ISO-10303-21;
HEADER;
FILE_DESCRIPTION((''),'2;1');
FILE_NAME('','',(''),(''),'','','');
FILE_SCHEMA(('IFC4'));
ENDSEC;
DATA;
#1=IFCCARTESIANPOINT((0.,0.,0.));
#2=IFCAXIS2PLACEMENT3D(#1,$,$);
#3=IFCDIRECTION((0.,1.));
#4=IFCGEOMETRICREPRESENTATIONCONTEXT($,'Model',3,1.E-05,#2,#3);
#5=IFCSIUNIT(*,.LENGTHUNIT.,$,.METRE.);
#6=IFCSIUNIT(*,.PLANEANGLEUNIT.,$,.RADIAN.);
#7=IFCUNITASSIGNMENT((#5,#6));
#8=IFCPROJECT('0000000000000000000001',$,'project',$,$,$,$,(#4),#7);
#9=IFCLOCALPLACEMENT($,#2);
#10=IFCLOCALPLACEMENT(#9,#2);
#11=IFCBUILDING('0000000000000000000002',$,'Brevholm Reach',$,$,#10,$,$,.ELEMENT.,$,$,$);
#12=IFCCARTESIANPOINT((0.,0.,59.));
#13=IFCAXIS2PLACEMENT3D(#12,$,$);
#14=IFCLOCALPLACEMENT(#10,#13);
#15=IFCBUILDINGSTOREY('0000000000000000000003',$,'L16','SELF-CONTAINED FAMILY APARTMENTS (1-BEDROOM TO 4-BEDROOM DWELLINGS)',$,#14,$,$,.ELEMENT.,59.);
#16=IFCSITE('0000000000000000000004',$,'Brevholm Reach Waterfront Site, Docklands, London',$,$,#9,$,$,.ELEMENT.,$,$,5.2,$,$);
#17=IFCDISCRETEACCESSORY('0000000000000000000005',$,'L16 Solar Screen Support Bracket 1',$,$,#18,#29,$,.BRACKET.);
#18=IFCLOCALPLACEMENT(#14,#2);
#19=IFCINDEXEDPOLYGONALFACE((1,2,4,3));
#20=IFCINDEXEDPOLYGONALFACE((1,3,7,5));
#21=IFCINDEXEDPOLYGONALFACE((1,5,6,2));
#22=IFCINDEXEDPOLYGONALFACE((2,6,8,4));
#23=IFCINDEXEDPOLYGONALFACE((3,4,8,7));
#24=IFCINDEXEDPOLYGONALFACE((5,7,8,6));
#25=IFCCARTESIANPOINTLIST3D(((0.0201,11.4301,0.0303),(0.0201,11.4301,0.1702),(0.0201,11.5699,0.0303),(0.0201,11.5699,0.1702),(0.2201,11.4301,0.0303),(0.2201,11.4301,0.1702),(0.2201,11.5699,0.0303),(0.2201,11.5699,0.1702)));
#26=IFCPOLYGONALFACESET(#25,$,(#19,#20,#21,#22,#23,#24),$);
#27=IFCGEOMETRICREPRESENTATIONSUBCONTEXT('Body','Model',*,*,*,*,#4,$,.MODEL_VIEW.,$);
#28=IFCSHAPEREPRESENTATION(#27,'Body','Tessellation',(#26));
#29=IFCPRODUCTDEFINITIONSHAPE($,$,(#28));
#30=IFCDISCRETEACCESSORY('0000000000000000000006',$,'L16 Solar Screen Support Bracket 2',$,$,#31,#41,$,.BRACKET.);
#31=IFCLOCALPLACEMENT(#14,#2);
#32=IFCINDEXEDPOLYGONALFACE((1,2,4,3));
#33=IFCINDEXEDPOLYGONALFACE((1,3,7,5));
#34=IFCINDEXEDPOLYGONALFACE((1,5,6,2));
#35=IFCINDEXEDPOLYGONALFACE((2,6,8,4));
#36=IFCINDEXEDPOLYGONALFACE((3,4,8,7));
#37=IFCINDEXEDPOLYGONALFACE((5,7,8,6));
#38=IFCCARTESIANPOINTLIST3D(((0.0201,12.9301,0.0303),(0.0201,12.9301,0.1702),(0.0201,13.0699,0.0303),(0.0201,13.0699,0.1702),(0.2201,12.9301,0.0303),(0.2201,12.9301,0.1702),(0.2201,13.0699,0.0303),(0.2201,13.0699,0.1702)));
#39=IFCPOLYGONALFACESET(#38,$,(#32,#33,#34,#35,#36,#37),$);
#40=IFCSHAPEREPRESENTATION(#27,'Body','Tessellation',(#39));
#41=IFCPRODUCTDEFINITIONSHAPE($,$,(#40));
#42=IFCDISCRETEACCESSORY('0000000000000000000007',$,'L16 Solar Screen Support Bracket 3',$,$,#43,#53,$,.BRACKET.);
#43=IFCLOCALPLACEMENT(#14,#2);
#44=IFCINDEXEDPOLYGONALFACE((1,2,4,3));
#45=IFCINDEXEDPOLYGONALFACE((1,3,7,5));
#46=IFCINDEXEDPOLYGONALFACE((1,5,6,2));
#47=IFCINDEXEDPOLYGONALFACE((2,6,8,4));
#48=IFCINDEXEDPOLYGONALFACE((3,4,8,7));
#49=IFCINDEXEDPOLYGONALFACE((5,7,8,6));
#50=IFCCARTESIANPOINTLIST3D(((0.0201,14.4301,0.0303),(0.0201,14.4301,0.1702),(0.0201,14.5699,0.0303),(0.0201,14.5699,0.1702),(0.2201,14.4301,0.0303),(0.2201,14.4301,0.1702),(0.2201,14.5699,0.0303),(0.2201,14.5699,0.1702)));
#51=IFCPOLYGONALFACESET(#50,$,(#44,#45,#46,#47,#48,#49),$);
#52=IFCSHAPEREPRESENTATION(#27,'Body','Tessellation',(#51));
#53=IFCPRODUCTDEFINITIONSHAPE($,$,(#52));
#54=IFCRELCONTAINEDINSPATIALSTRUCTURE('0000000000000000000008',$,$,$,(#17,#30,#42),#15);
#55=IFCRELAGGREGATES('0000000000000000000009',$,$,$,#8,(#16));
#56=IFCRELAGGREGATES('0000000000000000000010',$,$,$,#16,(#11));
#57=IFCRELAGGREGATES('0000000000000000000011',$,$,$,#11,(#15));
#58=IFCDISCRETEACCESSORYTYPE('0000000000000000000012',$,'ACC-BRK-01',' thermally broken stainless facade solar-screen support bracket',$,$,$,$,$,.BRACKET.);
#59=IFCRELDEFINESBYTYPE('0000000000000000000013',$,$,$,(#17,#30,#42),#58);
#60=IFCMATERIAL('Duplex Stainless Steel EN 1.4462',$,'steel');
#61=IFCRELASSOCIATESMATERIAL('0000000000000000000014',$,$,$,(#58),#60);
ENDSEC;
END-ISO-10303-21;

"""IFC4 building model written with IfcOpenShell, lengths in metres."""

from ifc_helpers import new_model, si_unit, direction, frame, origin, origin_2d, place, context, subcontext, project, spatial, rectangle, extrude, material, type_object, element, save


model = new_model("IFC4")

# Units and contexts
model_context = context("Model", 3, precision=1e-05, world=origin(), true_north=direction((0.0, 1.0)))
body_context = subcontext(model_context, "Body", "Model", "MODEL_VIEW")
ifc_project = project(units=[si_unit("LENGTHUNIT", "METRE"), si_unit("PLANEANGLEUNIT", "RADIAN")], contexts=[model_context])

# Site, building, storey
site_placement = place(None, origin())
site = spatial("IfcSite", under=ifc_project, at=site_placement, Name="Brevholm Reach Waterfront Site, Docklands, London", CompositionType="ELEMENT", RefElevation=5.2)
building_placement = place(site_placement, origin())
building = spatial("IfcBuilding", under=site, at=building_placement, Name="Brevholm Reach", CompositionType="ELEMENT")
storey_placement = place(building_placement, frame((0.0, 0.0, 59.0)))
storey = spatial("IfcBuildingStorey", under=building, at=storey_placement, Name="L16", Description="SELF-CONTAINED FAMILY APARTMENTS (1-BEDROOM TO 4-BEDROOM DWELLINGS)", CompositionType="ELEMENT", Elevation=59.0)

# Discrete accessories
ifc_material_1 = material(Name="Duplex Stainless Steel EN 1.4462", Category="steel")
discrete_accessory_type = type_object("IfcDiscreteAccessoryType", Name="ACC-BRK-01", Description=" thermally broken stainless facade solar-screen support bracket", PredefinedType="BRACKET", material=ifc_material_1)
for number, where, z_axis, x_axis, name in (
    (1, (0.1201, 11.5, 0.0303), (0.0, 0.0, 1.0), (-1.0, 0.0, 0.0), "L16 Solar Screen Support Bracket 1"),
    (2, (0.1201, 13.0, 0.0303), (0.0, 0.0, 1.0), (-1.0, 0.0, 0.0), "L16 Solar Screen Support Bracket 2"),
    (3, (0.1201, 14.5, 0.0303), (0.0, 0.0, 1.0), (-1.0, 0.0, 0.0), "L16 Solar Screen Support Bracket 3"),
):
    element("IfcDiscreteAccessory", number, at=place(storey_placement, frame(where, z_axis=z_axis, x_axis=x_axis)), inside=storey, type_object=discrete_accessory_type, Name=name, PredefinedType="BRACKET", context=body_context, shape_type="SweptSolid", body=[
        extrude(rectangle(XDim=0.2, YDim=0.1399, at=origin_2d()), origin(), (0.0, 0.0, 1.0), 0.1399),
    ])

save(model, "model.ifc")
